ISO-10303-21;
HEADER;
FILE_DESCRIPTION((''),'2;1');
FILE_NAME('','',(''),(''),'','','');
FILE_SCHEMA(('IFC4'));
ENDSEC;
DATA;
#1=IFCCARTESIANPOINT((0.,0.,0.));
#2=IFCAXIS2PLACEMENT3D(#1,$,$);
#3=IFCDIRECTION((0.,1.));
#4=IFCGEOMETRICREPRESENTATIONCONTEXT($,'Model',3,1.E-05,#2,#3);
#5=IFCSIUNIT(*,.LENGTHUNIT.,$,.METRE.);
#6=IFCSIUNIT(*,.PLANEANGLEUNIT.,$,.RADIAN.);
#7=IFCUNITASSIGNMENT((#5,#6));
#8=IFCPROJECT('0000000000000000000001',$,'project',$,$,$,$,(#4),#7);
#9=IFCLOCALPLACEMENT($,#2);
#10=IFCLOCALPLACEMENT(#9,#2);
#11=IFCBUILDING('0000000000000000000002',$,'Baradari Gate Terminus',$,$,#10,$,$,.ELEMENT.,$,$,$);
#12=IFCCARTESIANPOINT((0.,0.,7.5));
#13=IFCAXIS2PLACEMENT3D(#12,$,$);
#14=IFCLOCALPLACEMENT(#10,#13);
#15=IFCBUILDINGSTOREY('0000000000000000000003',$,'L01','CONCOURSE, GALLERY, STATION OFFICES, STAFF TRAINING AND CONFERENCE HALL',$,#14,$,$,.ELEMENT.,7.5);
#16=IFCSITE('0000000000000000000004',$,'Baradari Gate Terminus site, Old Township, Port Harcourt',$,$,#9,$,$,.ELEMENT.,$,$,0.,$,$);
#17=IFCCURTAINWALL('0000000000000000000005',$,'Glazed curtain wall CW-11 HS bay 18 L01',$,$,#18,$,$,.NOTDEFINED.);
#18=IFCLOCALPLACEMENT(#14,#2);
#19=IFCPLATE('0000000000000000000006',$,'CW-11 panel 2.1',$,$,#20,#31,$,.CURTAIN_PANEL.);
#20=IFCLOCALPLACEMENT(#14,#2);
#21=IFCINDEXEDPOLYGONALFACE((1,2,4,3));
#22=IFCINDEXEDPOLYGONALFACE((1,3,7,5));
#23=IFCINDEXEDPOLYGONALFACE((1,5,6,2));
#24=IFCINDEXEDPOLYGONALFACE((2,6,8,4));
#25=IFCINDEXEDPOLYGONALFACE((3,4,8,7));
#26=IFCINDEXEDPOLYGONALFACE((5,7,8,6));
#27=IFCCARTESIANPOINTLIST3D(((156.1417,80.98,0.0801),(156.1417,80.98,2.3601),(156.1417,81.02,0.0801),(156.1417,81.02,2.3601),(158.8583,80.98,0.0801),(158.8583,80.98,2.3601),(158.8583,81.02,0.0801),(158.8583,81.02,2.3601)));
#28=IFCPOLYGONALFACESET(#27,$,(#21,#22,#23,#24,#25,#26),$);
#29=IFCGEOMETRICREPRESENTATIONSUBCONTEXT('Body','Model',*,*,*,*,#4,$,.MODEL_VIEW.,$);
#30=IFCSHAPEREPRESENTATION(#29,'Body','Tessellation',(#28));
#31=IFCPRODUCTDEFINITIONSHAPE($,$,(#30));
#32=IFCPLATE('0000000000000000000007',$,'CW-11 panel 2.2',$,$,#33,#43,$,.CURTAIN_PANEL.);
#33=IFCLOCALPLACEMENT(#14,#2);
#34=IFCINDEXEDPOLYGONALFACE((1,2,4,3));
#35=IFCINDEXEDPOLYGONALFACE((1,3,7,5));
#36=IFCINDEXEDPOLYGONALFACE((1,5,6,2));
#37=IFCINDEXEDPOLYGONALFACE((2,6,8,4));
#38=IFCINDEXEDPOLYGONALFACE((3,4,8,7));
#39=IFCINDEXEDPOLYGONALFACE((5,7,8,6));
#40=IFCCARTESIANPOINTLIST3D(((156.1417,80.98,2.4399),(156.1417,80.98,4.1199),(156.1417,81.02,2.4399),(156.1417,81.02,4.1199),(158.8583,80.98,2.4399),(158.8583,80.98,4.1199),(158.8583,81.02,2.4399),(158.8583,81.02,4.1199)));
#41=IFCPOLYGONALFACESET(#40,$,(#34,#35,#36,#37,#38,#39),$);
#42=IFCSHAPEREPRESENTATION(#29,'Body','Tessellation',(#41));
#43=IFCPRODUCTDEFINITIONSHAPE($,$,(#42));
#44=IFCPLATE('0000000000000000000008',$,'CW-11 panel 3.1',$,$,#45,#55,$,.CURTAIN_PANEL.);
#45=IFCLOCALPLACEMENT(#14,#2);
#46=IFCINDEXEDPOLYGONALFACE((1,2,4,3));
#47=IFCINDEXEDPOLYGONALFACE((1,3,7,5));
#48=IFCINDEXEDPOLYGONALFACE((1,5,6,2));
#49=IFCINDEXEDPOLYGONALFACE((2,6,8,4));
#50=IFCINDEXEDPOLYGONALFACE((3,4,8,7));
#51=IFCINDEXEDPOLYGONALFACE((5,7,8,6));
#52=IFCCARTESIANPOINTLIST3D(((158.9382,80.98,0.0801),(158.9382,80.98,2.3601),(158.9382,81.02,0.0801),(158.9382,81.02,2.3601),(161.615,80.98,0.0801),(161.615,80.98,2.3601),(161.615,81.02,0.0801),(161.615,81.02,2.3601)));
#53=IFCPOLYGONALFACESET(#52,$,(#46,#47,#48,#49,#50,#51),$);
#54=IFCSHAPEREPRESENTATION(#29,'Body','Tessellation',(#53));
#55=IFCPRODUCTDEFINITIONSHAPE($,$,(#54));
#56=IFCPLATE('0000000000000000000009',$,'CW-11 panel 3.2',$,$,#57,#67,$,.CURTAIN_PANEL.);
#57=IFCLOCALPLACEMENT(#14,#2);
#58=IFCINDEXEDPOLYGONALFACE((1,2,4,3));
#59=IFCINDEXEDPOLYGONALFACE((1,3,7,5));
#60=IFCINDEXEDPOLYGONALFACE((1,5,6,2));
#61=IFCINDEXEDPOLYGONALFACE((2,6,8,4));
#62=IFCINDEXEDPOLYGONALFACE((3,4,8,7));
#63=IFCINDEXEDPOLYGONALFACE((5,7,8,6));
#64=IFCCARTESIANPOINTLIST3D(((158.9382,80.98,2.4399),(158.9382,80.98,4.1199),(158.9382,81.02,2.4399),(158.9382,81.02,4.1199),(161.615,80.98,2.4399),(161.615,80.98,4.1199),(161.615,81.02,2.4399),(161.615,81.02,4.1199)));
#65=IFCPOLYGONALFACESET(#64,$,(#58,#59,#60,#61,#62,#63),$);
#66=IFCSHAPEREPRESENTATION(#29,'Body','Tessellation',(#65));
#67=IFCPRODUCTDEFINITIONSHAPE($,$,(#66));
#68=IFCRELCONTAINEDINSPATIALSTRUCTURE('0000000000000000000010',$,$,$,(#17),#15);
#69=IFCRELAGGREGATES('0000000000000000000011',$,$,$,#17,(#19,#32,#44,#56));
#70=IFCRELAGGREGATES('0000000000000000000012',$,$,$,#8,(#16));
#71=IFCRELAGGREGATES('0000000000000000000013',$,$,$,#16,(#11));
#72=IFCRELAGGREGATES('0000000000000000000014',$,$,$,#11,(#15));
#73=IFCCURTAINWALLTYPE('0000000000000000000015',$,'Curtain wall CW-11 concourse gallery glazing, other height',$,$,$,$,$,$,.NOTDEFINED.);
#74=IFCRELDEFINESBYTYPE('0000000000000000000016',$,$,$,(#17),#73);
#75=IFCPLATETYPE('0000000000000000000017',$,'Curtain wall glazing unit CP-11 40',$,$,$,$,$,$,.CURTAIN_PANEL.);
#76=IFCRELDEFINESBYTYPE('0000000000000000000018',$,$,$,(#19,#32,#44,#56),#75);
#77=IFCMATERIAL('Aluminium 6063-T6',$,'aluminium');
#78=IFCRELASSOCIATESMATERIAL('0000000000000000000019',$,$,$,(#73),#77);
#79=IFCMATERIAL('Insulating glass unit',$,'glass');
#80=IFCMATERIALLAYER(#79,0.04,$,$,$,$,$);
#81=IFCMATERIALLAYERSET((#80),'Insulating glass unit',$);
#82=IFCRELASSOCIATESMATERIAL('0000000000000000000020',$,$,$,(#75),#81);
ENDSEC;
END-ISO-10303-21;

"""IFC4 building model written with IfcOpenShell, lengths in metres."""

from ifc_helpers import new_model, si_unit, direction, frame, origin, origin_2d, place, context, subcontext, project, spatial, rectangle, extrude, material, layer, layer_set, type_object, element, aggregate, save


model = new_model("IFC4")

# Units and contexts
model_context = context("Model", 3, precision=1e-05, world=origin(), true_north=direction((0.0, 1.0)))
body_context = subcontext(model_context, "Body", "Model", "MODEL_VIEW")
ifc_project = project(units=[si_unit("LENGTHUNIT", "METRE"), si_unit("PLANEANGLEUNIT", "RADIAN")], contexts=[model_context])

# Site, building, storey
site_placement = place(None, origin())
site = spatial("IfcSite", under=ifc_project, at=site_placement, Name="Baradari Gate Terminus site, Old Township, Port Harcourt", CompositionType="ELEMENT", RefElevation=0.0)
building_placement = place(site_placement, origin())
building = spatial("IfcBuilding", under=site, at=building_placement, Name="Baradari Gate Terminus", CompositionType="ELEMENT")
storey_placement = place(building_placement, frame((0.0, 0.0, 7.5)))
storey = spatial("IfcBuildingStorey", under=building, at=storey_placement, Name="L01", Description="CONCOURSE, GALLERY, STATION OFFICES, STAFF TRAINING AND CONFERENCE HALL", CompositionType="ELEMENT", Elevation=7.5)

# Curtain wall
ifc_material_1 = material(Name="Aluminium 6063-T6", Category="aluminium")
curtain_wall_type = type_object("IfcCurtainWallType", Name="Curtain wall CW-11 concourse gallery glazing, other height", PredefinedType="NOTDEFINED", material=ifc_material_1)
curtain_wall_placement = place(storey_placement, origin())
curtain_wall = element("IfcCurtainWall", 1, at=curtain_wall_placement, inside=storey, type_object=curtain_wall_type, Name="Glazed curtain wall CW-11 HS bay 18 L01", PredefinedType="NOTDEFINED")

# Plates
ifc_material_2 = material(Name="Insulating glass unit", Category="glass")
ifc_layer = layer(ifc_material_2, 0.04)
ifc_layer_set = layer_set([ifc_layer], Name="Insulating glass unit")
plate_type = type_object("IfcPlateType", Name="Curtain wall glazing unit CP-11 40", PredefinedType="CURTAIN_PANEL", material=ifc_layer_set)
plate_1_placement = place(storey_placement, frame((157.5, 81.0, 0.0801), z_axis=(0.0, 0.0, 1.0), x_axis=(1.0, 0.0, 0.0)))
plate_1 = element("IfcPlate", 2, at=plate_1_placement, type_object=plate_type, Name="CW-11 panel 2.1", PredefinedType="CURTAIN_PANEL", context=body_context, shape_type="SweptSolid", body=[
    extrude(rectangle(XDim=2.7166, YDim=0.04, at=origin_2d()), origin(), (0.0, 0.0, 1.0), 2.28),
])
plate_2_placement = place(storey_placement, frame((157.5, 81.0, 2.4399), z_axis=(0.0, 0.0, 1.0), x_axis=(1.0, 0.0, 0.0)))
plate_2 = element("IfcPlate", 3, at=plate_2_placement, type_object=plate_type, Name="CW-11 panel 2.2", PredefinedType="CURTAIN_PANEL", context=body_context, shape_type="SweptSolid", body=[
    extrude(rectangle(XDim=2.7166, YDim=0.04, at=origin_2d()), origin(), (0.0, 0.0, 1.0), 1.6799),
])
plate_3_placement = place(storey_placement, frame((160.2766, 81.0, 0.0801), z_axis=(0.0, 0.0, 1.0), x_axis=(1.0, 0.0, 0.0)))
plate_3 = element("IfcPlate", 4, at=plate_3_placement, type_object=plate_type, Name="CW-11 panel 3.1", PredefinedType="CURTAIN_PANEL", context=body_context, shape_type="SweptSolid", body=[
    extrude(rectangle(XDim=2.6768, YDim=0.04, at=origin_2d()), origin(), (0.0, 0.0, 1.0), 2.28),
])
plate_4_placement = place(storey_placement, frame((160.2766, 81.0, 2.4399), z_axis=(0.0, 0.0, 1.0), x_axis=(1.0, 0.0, 0.0)))
plate_4 = element("IfcPlate", 5, at=plate_4_placement, type_object=plate_type, Name="CW-11 panel 3.2", PredefinedType="CURTAIN_PANEL", context=body_context, shape_type="SweptSolid", body=[
    extrude(rectangle(XDim=2.6768, YDim=0.04, at=origin_2d()), origin(), (0.0, 0.0, 1.0), 1.6799),
])
aggregate(curtain_wall, [plate_1, plate_2, plate_3, plate_4])

save(model, "model.ifc")
